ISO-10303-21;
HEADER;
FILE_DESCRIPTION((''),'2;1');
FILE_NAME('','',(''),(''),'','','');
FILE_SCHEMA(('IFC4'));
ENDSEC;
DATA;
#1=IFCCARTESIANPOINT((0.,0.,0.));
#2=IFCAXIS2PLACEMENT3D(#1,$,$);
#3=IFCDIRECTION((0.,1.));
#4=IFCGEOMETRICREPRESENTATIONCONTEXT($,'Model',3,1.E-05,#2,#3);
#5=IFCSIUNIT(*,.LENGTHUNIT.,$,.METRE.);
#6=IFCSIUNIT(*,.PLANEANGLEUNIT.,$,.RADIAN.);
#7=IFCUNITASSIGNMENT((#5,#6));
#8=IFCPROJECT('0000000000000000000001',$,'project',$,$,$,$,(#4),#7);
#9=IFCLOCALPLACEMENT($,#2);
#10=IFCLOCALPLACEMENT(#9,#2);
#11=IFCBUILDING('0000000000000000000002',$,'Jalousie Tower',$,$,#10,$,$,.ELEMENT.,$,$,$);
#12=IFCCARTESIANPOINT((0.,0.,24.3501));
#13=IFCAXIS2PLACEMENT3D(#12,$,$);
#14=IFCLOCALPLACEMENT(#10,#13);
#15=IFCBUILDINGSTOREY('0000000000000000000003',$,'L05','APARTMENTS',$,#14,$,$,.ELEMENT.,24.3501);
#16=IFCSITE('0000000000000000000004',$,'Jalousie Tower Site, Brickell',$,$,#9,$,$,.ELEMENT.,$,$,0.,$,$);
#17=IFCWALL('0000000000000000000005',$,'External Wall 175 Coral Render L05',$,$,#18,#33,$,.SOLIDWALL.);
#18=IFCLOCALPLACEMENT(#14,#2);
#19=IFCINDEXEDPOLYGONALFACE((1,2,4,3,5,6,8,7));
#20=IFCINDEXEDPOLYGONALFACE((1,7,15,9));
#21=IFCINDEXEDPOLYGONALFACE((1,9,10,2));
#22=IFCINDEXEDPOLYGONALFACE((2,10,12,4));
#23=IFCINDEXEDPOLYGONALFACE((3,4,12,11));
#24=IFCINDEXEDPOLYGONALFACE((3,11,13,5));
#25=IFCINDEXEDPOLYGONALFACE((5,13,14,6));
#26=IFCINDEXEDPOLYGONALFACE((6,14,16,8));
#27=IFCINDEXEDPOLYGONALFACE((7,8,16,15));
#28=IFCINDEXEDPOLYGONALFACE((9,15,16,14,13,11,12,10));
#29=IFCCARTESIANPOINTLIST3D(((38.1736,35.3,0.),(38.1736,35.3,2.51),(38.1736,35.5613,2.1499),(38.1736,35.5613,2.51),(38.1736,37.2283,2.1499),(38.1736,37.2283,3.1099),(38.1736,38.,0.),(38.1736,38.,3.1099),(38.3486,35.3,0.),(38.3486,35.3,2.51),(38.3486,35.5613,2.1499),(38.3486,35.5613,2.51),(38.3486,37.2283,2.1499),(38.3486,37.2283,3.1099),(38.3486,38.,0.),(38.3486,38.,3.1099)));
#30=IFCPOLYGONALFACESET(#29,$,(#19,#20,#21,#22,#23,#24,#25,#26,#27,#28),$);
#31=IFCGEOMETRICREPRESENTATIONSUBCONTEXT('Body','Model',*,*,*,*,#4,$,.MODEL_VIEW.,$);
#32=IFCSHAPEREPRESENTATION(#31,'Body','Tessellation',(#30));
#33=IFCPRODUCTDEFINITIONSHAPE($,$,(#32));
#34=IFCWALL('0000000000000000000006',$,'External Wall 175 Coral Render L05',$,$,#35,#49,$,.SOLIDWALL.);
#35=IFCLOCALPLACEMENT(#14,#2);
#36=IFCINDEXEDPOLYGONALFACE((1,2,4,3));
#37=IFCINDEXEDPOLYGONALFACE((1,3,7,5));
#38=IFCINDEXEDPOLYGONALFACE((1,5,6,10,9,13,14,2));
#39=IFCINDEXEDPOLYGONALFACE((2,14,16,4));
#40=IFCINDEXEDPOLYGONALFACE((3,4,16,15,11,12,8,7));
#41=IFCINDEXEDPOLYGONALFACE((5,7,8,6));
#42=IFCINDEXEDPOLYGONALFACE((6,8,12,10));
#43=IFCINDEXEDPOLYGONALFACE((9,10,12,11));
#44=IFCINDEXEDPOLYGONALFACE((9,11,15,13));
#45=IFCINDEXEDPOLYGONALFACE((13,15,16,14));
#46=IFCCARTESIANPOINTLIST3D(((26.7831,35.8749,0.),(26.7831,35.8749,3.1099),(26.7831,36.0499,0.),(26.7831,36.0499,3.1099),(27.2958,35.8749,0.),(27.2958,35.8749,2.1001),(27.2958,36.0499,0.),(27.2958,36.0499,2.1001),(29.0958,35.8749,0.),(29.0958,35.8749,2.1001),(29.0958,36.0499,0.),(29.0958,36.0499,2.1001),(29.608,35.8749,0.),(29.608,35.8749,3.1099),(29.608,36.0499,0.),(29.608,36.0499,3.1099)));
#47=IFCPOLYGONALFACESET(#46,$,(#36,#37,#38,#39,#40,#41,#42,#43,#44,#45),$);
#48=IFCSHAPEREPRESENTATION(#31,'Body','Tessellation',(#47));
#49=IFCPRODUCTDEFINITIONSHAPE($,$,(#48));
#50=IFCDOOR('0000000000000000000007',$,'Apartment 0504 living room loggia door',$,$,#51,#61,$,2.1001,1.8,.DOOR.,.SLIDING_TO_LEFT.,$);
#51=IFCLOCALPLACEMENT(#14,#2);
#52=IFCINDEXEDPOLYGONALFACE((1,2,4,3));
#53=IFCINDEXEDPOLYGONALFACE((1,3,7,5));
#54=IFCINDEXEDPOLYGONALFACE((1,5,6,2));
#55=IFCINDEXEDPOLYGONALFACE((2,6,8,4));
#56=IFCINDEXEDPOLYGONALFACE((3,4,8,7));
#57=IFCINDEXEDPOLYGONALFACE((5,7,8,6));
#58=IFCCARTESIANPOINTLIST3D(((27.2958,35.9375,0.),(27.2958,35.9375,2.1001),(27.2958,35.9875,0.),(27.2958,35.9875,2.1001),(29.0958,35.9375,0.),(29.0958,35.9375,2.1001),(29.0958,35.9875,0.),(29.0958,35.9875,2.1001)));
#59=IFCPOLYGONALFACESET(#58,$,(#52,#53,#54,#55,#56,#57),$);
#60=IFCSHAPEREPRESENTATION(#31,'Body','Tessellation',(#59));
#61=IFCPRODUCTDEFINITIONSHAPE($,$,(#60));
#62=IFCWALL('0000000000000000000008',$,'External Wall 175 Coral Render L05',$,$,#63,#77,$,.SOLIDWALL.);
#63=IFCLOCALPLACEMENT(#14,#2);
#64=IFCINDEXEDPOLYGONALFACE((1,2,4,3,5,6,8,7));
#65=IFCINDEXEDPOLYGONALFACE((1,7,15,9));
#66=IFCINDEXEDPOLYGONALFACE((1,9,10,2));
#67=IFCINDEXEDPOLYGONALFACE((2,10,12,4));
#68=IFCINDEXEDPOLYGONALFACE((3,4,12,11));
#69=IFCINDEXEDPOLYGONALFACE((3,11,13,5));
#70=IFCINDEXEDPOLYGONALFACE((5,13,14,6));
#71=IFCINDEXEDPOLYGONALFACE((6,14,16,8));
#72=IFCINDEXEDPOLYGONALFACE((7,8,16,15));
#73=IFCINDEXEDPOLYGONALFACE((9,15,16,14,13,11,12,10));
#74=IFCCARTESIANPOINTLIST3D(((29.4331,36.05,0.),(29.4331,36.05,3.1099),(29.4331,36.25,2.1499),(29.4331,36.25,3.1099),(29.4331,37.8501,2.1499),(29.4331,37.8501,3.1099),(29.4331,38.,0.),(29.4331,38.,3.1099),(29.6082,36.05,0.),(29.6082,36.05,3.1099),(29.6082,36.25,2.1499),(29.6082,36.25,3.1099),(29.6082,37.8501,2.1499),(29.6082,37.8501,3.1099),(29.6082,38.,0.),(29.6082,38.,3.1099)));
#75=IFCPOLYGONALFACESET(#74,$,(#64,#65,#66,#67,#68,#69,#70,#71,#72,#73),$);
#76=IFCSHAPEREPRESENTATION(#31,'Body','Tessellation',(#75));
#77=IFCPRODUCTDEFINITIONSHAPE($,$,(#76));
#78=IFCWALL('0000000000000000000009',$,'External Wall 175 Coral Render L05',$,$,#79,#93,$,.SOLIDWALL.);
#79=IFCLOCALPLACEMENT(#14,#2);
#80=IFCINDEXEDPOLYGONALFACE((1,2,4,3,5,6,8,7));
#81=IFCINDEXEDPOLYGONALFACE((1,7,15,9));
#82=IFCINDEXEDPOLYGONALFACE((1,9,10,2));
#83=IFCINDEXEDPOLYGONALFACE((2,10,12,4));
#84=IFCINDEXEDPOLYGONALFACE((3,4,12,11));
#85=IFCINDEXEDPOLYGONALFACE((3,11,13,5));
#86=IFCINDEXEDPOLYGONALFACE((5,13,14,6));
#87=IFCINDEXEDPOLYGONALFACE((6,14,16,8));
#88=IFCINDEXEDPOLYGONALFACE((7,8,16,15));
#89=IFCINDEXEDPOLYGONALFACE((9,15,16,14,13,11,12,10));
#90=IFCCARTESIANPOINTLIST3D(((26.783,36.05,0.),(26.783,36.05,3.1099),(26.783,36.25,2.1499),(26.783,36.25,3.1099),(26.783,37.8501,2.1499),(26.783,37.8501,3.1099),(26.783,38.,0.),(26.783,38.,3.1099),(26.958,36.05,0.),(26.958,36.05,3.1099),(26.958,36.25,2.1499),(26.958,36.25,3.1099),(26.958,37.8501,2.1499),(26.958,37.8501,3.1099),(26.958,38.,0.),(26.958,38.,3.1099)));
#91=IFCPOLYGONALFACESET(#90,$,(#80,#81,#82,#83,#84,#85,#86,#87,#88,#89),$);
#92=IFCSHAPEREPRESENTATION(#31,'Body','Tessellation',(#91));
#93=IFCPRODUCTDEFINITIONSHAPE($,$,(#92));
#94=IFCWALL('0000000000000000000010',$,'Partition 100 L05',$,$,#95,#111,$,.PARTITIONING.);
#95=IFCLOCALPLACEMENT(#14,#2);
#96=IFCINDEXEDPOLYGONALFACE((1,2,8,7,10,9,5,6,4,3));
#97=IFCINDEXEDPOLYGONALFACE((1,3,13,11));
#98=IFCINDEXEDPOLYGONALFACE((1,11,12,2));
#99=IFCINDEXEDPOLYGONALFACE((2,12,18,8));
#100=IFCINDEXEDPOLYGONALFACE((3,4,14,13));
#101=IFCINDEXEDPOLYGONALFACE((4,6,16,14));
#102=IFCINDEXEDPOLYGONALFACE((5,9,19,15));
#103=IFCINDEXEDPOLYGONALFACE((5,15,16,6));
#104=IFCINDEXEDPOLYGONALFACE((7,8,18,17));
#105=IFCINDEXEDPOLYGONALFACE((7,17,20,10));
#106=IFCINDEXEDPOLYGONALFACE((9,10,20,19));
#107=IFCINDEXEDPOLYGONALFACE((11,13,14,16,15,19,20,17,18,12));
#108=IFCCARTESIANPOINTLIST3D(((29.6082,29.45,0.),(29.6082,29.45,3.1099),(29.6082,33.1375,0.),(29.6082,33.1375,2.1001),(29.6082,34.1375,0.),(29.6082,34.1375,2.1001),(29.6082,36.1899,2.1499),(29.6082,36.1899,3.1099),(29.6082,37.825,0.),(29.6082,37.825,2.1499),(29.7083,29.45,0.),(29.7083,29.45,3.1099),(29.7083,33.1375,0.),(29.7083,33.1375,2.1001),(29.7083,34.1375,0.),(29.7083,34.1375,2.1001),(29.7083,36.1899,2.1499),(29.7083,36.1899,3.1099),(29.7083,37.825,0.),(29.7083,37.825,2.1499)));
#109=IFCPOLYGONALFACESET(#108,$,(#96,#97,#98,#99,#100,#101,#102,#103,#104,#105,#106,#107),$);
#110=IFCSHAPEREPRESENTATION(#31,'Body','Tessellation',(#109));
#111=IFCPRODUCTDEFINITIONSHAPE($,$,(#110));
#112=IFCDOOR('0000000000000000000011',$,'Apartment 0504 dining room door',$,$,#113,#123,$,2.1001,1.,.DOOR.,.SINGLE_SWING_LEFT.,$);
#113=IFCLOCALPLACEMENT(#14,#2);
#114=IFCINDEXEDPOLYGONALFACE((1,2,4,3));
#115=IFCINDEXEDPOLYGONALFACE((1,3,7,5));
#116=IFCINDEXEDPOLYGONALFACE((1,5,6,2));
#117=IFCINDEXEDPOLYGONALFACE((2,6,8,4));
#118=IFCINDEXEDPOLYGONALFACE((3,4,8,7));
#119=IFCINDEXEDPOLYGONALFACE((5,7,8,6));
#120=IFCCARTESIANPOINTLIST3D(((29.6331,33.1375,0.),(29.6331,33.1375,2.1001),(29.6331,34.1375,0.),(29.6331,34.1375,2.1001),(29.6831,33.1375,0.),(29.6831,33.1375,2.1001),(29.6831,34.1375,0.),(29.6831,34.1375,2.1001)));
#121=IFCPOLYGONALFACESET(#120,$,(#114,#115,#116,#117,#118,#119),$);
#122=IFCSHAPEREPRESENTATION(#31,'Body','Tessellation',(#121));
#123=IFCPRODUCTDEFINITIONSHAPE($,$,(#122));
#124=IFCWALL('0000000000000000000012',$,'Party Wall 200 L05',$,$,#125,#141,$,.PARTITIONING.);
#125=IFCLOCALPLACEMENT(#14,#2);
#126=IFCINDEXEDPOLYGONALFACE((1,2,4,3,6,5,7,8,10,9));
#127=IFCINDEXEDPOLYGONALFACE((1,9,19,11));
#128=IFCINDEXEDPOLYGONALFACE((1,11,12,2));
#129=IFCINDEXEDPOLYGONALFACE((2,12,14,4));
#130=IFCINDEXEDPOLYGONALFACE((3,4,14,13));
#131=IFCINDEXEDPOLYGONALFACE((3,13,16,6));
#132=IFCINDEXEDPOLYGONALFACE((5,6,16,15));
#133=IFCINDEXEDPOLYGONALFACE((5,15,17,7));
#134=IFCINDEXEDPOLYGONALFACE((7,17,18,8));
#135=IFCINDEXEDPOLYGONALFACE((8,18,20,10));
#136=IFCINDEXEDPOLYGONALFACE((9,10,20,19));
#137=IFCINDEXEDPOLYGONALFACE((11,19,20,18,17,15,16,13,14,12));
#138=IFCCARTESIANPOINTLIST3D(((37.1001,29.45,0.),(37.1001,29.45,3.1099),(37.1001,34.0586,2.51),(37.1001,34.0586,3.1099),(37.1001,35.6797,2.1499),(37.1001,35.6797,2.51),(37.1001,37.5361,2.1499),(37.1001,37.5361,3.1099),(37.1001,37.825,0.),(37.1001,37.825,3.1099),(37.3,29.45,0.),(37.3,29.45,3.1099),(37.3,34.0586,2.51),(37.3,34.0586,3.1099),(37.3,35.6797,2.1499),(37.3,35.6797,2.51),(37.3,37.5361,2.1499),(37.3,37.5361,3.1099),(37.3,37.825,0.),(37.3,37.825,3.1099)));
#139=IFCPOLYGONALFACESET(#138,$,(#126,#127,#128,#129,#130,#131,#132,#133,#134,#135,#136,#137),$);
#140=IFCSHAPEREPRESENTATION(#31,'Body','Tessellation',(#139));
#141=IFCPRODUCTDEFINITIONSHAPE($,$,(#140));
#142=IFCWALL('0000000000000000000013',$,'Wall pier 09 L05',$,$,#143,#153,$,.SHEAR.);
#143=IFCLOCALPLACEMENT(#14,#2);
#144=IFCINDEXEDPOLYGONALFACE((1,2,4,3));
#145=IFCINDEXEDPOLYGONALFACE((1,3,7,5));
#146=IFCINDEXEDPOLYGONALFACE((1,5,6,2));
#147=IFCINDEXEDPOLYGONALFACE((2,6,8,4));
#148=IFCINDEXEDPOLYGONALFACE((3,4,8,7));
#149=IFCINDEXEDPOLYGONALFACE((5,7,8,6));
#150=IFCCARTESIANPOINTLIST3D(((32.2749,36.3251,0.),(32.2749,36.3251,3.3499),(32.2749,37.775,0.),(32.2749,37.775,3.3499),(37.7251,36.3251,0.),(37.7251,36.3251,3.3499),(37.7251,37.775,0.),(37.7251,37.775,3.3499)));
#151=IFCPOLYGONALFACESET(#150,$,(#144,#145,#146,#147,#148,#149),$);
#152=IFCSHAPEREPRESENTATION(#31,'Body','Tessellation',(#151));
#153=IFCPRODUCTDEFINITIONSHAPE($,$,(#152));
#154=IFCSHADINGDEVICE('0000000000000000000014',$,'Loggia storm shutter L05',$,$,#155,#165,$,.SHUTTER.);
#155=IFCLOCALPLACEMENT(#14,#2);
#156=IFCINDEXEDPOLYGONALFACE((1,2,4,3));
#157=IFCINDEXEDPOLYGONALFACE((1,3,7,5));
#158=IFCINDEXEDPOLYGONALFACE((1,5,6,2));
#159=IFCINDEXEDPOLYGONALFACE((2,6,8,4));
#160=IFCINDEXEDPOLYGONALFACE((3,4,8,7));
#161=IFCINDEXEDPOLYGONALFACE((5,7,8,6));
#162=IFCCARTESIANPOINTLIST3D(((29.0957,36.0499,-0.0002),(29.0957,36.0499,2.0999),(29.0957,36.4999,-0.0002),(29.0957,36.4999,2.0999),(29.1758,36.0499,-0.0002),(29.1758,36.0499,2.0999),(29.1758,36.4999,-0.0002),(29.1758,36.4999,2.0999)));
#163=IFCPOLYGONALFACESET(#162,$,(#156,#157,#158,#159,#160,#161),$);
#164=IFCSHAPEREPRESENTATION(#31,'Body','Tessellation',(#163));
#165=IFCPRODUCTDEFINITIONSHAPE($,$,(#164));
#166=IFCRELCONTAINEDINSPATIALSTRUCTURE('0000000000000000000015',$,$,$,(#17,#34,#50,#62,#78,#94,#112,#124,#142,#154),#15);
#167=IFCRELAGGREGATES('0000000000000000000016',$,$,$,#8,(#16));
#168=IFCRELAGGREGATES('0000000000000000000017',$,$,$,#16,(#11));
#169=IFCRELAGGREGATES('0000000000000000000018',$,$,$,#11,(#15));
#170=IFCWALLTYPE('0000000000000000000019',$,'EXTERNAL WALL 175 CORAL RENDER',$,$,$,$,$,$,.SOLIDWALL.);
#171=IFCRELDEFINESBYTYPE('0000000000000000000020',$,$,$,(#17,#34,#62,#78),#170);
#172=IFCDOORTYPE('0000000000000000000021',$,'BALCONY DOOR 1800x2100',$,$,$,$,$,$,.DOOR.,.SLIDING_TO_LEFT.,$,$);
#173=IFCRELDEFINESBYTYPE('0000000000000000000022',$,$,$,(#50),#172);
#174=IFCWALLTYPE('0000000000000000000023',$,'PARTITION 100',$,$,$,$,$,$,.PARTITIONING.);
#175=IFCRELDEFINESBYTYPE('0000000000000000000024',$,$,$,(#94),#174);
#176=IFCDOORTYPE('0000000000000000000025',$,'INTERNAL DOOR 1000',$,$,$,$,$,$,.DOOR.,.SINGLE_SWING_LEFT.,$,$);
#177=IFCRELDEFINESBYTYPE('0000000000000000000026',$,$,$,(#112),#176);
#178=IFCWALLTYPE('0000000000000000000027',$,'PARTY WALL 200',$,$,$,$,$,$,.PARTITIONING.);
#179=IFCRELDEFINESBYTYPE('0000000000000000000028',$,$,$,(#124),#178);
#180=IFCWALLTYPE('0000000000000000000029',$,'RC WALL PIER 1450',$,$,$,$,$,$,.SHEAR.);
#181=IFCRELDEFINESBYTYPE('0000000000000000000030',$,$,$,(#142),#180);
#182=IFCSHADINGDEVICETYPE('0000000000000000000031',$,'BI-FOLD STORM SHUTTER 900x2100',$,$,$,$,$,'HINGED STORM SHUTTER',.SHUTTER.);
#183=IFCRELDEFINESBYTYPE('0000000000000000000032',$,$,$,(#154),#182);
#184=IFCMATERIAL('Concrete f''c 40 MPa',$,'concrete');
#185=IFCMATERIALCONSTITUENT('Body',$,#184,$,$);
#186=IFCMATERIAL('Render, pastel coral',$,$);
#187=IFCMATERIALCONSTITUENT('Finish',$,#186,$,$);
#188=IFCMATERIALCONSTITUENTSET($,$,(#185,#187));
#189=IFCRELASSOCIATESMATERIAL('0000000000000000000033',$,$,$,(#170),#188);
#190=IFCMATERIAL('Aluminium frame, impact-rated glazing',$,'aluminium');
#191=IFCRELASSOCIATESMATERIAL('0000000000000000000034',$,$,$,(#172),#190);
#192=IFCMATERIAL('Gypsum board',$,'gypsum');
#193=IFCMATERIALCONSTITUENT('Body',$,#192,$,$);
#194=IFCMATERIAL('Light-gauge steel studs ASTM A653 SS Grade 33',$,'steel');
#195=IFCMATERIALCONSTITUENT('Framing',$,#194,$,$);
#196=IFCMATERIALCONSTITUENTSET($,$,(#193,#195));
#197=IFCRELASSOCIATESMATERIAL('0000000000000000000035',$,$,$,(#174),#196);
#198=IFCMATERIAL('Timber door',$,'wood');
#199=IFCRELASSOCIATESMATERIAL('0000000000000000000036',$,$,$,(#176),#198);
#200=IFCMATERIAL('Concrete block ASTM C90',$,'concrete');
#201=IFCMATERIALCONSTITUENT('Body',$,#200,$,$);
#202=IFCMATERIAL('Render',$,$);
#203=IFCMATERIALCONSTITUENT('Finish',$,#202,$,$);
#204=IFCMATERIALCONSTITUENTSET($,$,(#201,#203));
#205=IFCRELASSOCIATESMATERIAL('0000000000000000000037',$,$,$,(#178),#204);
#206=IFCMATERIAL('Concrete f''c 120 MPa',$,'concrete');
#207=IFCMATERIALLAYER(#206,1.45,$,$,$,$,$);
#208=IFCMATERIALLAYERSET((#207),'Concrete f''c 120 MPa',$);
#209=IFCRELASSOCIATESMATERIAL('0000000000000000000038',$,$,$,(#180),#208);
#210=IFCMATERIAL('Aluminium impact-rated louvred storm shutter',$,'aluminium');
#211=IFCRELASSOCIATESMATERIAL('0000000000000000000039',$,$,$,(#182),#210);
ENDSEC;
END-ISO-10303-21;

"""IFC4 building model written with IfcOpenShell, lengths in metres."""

from ifc_helpers import new_model, si_unit, direction, frame, frame_2d, origin, origin_2d, place, context, subcontext, project, spatial, polyline, rectangle, outline, extrude, material, layer, layer_set, constituent, constituent_set, type_object, element, fill, save


model = new_model("IFC4")

# Units and contexts
model_context = context("Model", 3, precision=1e-05, world=origin(), true_north=direction((0.0, 1.0)))
body_context = subcontext(model_context, "Body", "Model", "MODEL_VIEW")
ifc_project = project(units=[si_unit("LENGTHUNIT", "METRE"), si_unit("PLANEANGLEUNIT", "RADIAN")], contexts=[model_context])

# Site, building, storey
site_placement = place(None, origin())
site = spatial("IfcSite", under=ifc_project, at=site_placement, Name="Jalousie Tower Site, Brickell", CompositionType="ELEMENT", RefElevation=0.0)
building_placement = place(site_placement, origin())
building = spatial("IfcBuilding", under=site, at=building_placement, Name="Jalousie Tower", CompositionType="ELEMENT")
storey_placement = place(building_placement, frame((0.0, 0.0, 24.3501)))
storey = spatial("IfcBuildingStorey", under=building, at=storey_placement, Name="L05", Description="APARTMENTS", CompositionType="ELEMENT", Elevation=24.3501)

# Shared definitions
ifc_material_1 = material(Name="Concrete f'c 40 MPa", Category="concrete")
ifc_constituent_1 = constituent(ifc_material_1, Name="Body")
ifc_material_2 = material(Name="Render, pastel coral")
ifc_constituent_2 = constituent(ifc_material_2, Name="Finish")
ifc_constituent_set_1 = constituent_set(constituents=[ifc_constituent_1, ifc_constituent_2])
wall_type_1 = type_object("IfcWallType", Name="EXTERNAL WALL 175 CORAL RENDER", PredefinedType="SOLIDWALL", material=ifc_constituent_set_1)

# Wall
wall_1_placement = place(storey_placement, frame((38.2612, 38.0, 0.0), z_axis=(0.0, 0.0, 1.0), x_axis=(0.0, -1.0, 0.0)))
element("IfcWall", 1, at=wall_1_placement, inside=storey, type_object=wall_type_1, Name="External Wall 175 Coral Render L05", PredefinedType="SOLIDWALL", context=body_context, shape_type="SweptSolid", body=[
    extrude(outline(polyline([(0.0, 0.0), (2.7, 0.0), (2.7, 2.51), (2.4387, 2.51), (2.4387, 2.1499), (0.7717, 2.1499), (0.7717, 3.1099), (0.0, 3.1099), (0.0, 0.0)])), frame((0.0, 0.0874, 0.0), z_axis=(0.0, -1.0, 0.0), x_axis=(1.0, 0.0, 0.0)), (0.0, 0.0, 1.0), 0.175),
])

# Wall, opening, door
wall_2_placement = place(storey_placement, frame((29.6082, 35.9624, 0.0), z_axis=(0.0, 0.0, 1.0), x_axis=(-1.0, 0.0, 0.0)))
wall_2 = element("IfcWall", 2, at=wall_2_placement, inside=storey, type_object=wall_type_1, Name="External Wall 175 Coral Render L05", PredefinedType="SOLIDWALL", context=body_context, shape_type="SweptSolid", body=[
    extrude(rectangle(XDim=2.825, YDim=0.175, at=frame_2d((1.4126, 0.0))), origin(), (0.0, 0.0, 1.0), 3.1099),
])
opening_1_placement = place(wall_2_placement, frame((0.5125, 0.0, 0.0)))
opening_1 = element("IfcOpeningElement", 3, at=opening_1_placement, cuts=wall_2, PredefinedType="OPENING", context=body_context, shape_type="SweptSolid", body=[
    extrude(rectangle(XDim=1.8, YDim=2.1001, at=frame_2d((0.8999, 1.05))), frame((0.0, 0.0974, 0.0), z_axis=(0.0, -1.0, 0.0), x_axis=(1.0, 0.0, 0.0)), (0.0, 0.0, 1.0), 0.1951),
])
ifc_material_3 = material(Name="Aluminium frame, impact-rated glazing", Category="aluminium")
door_type_1 = type_object("IfcDoorType", Name="BALCONY DOOR 1800x2100", OperationType="SLIDING_TO_LEFT", PredefinedType="DOOR", material=ifc_material_3)
door_1_placement = place(opening_1_placement, origin())
door_1 = element("IfcDoor", 4, at=door_1_placement, inside=storey, type_object=door_type_1, Name="Apartment 0504 living room loggia door", OperationType="SLIDING_TO_LEFT", OverallHeight=2.1001, OverallWidth=1.8, PredefinedType="DOOR", context=body_context, shape_type="SweptSolid", body=[
    extrude(rectangle(XDim=1.8, YDim=2.1001, at=frame_2d((0.8999, 1.05))), frame((0.0, 0.0249, 0.0), z_axis=(0.0, -1.0, 0.0), x_axis=(1.0, 0.0, 0.0)), (0.0, 0.0, 1.0), 0.05),
])
fill(opening_1, door_1)

# Walls
for number, where, z_axis, x_axis, name in (
    (5, (29.5208, 38.0, 0.0), (0.0, 0.0, 1.0), (0.0, -1.0, 0.0), "External Wall 175 Coral Render L05"),
    (6, (26.8706, 38.0, 0.0), (0.0, 0.0, 1.0), (0.0, -1.0, 0.0), "External Wall 175 Coral Render L05"),
):
    element("IfcWall", number, at=place(storey_placement, frame(where, z_axis=z_axis, x_axis=x_axis)), inside=storey, type_object=wall_type_1, Name=name, PredefinedType="SOLIDWALL", context=body_context, shape_type="SweptSolid", body=[
        extrude(outline(polyline([(0.0, 0.0), (1.95, 0.0), (1.95, 3.1099), (1.75, 3.1099), (1.75, 2.1499), (0.1499, 2.1499), (0.1499, 3.1099), (0.0, 3.1099), (0.0, 0.0)])), frame((0.0, 0.0874, 0.0), z_axis=(0.0, -1.0, 0.0), x_axis=(1.0, 0.0, 0.0)), (0.0, 0.0, 1.0), 0.175),
    ])

# Wall, opening, door
ifc_material_4 = material(Name="Gypsum board", Category="gypsum")
ifc_constituent_3 = constituent(ifc_material_4, Name="Body")
ifc_material_5 = material(Name="Light-gauge steel studs ASTM A653 SS Grade 33", Category="steel")
ifc_constituent_4 = constituent(ifc_material_5, Name="Framing")
ifc_constituent_set_2 = constituent_set(constituents=[ifc_constituent_3, ifc_constituent_4])
wall_type_2 = type_object("IfcWallType", Name="PARTITION 100", PredefinedType="PARTITIONING", material=ifc_constituent_set_2)
wall_3_placement = place(storey_placement, frame((29.6582, 37.825, 0.0), z_axis=(0.0, 0.0, 1.0), x_axis=(0.0, -1.0, 0.0)))
wall_3 = element("IfcWall", 7, at=wall_3_placement, inside=storey, type_object=wall_type_2, Name="Partition 100 L05", PredefinedType="PARTITIONING", context=body_context, shape_type="SweptSolid", body=[
    extrude(outline(polyline([(0.0, 0.0), (8.375, 0.0), (8.375, 3.1099), (1.635, 3.1099), (1.635, 2.1499), (0.0, 2.1499), (0.0, 3.1099), (0.0, 0.0)])), frame((0.0, 0.05, 0.0), z_axis=(0.0, -1.0, 0.0), x_axis=(1.0, 0.0, 0.0)), (0.0, 0.0, 1.0), 0.1001),
])
opening_2_placement = place(wall_3_placement, frame((3.6875, 0.0, 0.0)))
opening_2 = element("IfcOpeningElement", 8, at=opening_2_placement, cuts=wall_3, PredefinedType="OPENING", context=body_context, shape_type="SweptSolid", body=[
    extrude(rectangle(XDim=1.0, YDim=2.1001, at=frame_2d((0.5, 1.05))), frame((0.0, 0.0601, 0.0), z_axis=(0.0, -1.0, 0.0), x_axis=(1.0, 0.0, 0.0)), (0.0, 0.0, 1.0), 0.1201),
])
ifc_material_6 = material(Name="Timber door", Category="wood")
door_type_2 = type_object("IfcDoorType", Name="INTERNAL DOOR 1000", OperationType="SINGLE_SWING_LEFT", PredefinedType="DOOR", material=ifc_material_6)
door_2_placement = place(opening_2_placement, origin())
door_2 = element("IfcDoor", 9, at=door_2_placement, inside=storey, type_object=door_type_2, Name="Apartment 0504 dining room door", OperationType="SINGLE_SWING_LEFT", OverallHeight=2.1001, OverallWidth=1.0, PredefinedType="DOOR", context=body_context, shape_type="SweptSolid", body=[
    extrude(rectangle(XDim=1.0, YDim=2.1001, at=frame_2d((0.5, 1.05))), frame((0.0, 0.0249, 0.0), z_axis=(0.0, -1.0, 0.0), x_axis=(1.0, 0.0, 0.0)), (0.0, 0.0, 1.0), 0.05),
])
fill(opening_2, door_2)

# Walls
ifc_material_7 = material(Name="Concrete block ASTM C90", Category="concrete")
ifc_constituent_5 = constituent(ifc_material_7, Name="Body")
ifc_material_8 = material(Name="Render")
ifc_constituent_6 = constituent(ifc_material_8, Name="Finish")
ifc_constituent_set_3 = constituent_set(constituents=[ifc_constituent_5, ifc_constituent_6])
wall_type_3 = type_object("IfcWallType", Name="PARTY WALL 200", PredefinedType="PARTITIONING", material=ifc_constituent_set_3)
wall_4_placement = place(storey_placement, frame((37.2, 37.825, 0.0), z_axis=(0.0, 0.0, 1.0), x_axis=(0.0, -1.0, 0.0)))
element("IfcWall", 10, at=wall_4_placement, inside=storey, type_object=wall_type_3, Name="Party Wall 200 L05", PredefinedType="PARTITIONING", context=body_context, shape_type="SweptSolid", body=[
    extrude(outline(polyline([(0.0, 0.0), (8.375, 0.0), (8.375, 3.1099), (3.7664, 3.1099), (3.7664, 2.51), (2.1453, 2.51), (2.1453, 2.1499), (0.2888, 2.1499), (0.2888, 3.1099), (0.0, 3.1099), (0.0, 0.0)])), frame((0.0, 0.1001, 0.0), z_axis=(0.0, -1.0, 0.0), x_axis=(1.0, 0.0, 0.0)), (0.0, 0.0, 1.0), 0.2),
])
ifc_material_9 = material(Name="Concrete f'c 120 MPa", Category="concrete")
ifc_layer_1 = layer(ifc_material_9, 1.45)
ifc_layer_set_1 = layer_set([ifc_layer_1], Name="Concrete f'c 120 MPa")
wall_type_4 = type_object("IfcWallType", Name="RC WALL PIER 1450", PredefinedType="SHEAR", material=ifc_layer_set_1)
wall_5_placement = place(storey_placement, frame((32.2749, 37.05, 0.0), z_axis=(0.0, 0.0, 1.0), x_axis=(1.0, 0.0, 0.0)))
element("IfcWall", 11, at=wall_5_placement, inside=storey, type_object=wall_type_4, Name="Wall pier 09 L05", PredefinedType="SHEAR", context=body_context, shape_type="SweptSolid", body=[
    extrude(rectangle(XDim=5.4502, YDim=1.45, at=frame_2d((2.7251, 0.0))), origin(), (0.0, 0.0, 1.0), 3.3499),
])

# Shading device
ifc_material_10 = material(Name="Aluminium impact-rated louvred storm shutter", Category="aluminium")
shading_device_type_1 = type_object("IfcShadingDeviceType", Name="BI-FOLD STORM SHUTTER 900x2100", ElementType="HINGED STORM SHUTTER", PredefinedType="SHUTTER", material=ifc_material_10)
for number, where, z_axis, x_axis, name in (
    (12, (29.1357, 36.2749, -0.0002), (0.0, 0.0, 1.0), (0.0, -1.0, 0.0), "Loggia storm shutter L05"),
):
    element("IfcShadingDevice", number, at=place(storey_placement, frame(where, z_axis=z_axis, x_axis=x_axis)), inside=storey, type_object=shading_device_type_1, Name=name, PredefinedType="SHUTTER", context=body_context, shape_type="SweptSolid", body=[
        extrude(rectangle(XDim=0.45, YDim=0.0801, at=origin_2d()), origin(), (0.0, 0.0, 1.0), 2.1001),
    ])

save(model, "model.ifc")
